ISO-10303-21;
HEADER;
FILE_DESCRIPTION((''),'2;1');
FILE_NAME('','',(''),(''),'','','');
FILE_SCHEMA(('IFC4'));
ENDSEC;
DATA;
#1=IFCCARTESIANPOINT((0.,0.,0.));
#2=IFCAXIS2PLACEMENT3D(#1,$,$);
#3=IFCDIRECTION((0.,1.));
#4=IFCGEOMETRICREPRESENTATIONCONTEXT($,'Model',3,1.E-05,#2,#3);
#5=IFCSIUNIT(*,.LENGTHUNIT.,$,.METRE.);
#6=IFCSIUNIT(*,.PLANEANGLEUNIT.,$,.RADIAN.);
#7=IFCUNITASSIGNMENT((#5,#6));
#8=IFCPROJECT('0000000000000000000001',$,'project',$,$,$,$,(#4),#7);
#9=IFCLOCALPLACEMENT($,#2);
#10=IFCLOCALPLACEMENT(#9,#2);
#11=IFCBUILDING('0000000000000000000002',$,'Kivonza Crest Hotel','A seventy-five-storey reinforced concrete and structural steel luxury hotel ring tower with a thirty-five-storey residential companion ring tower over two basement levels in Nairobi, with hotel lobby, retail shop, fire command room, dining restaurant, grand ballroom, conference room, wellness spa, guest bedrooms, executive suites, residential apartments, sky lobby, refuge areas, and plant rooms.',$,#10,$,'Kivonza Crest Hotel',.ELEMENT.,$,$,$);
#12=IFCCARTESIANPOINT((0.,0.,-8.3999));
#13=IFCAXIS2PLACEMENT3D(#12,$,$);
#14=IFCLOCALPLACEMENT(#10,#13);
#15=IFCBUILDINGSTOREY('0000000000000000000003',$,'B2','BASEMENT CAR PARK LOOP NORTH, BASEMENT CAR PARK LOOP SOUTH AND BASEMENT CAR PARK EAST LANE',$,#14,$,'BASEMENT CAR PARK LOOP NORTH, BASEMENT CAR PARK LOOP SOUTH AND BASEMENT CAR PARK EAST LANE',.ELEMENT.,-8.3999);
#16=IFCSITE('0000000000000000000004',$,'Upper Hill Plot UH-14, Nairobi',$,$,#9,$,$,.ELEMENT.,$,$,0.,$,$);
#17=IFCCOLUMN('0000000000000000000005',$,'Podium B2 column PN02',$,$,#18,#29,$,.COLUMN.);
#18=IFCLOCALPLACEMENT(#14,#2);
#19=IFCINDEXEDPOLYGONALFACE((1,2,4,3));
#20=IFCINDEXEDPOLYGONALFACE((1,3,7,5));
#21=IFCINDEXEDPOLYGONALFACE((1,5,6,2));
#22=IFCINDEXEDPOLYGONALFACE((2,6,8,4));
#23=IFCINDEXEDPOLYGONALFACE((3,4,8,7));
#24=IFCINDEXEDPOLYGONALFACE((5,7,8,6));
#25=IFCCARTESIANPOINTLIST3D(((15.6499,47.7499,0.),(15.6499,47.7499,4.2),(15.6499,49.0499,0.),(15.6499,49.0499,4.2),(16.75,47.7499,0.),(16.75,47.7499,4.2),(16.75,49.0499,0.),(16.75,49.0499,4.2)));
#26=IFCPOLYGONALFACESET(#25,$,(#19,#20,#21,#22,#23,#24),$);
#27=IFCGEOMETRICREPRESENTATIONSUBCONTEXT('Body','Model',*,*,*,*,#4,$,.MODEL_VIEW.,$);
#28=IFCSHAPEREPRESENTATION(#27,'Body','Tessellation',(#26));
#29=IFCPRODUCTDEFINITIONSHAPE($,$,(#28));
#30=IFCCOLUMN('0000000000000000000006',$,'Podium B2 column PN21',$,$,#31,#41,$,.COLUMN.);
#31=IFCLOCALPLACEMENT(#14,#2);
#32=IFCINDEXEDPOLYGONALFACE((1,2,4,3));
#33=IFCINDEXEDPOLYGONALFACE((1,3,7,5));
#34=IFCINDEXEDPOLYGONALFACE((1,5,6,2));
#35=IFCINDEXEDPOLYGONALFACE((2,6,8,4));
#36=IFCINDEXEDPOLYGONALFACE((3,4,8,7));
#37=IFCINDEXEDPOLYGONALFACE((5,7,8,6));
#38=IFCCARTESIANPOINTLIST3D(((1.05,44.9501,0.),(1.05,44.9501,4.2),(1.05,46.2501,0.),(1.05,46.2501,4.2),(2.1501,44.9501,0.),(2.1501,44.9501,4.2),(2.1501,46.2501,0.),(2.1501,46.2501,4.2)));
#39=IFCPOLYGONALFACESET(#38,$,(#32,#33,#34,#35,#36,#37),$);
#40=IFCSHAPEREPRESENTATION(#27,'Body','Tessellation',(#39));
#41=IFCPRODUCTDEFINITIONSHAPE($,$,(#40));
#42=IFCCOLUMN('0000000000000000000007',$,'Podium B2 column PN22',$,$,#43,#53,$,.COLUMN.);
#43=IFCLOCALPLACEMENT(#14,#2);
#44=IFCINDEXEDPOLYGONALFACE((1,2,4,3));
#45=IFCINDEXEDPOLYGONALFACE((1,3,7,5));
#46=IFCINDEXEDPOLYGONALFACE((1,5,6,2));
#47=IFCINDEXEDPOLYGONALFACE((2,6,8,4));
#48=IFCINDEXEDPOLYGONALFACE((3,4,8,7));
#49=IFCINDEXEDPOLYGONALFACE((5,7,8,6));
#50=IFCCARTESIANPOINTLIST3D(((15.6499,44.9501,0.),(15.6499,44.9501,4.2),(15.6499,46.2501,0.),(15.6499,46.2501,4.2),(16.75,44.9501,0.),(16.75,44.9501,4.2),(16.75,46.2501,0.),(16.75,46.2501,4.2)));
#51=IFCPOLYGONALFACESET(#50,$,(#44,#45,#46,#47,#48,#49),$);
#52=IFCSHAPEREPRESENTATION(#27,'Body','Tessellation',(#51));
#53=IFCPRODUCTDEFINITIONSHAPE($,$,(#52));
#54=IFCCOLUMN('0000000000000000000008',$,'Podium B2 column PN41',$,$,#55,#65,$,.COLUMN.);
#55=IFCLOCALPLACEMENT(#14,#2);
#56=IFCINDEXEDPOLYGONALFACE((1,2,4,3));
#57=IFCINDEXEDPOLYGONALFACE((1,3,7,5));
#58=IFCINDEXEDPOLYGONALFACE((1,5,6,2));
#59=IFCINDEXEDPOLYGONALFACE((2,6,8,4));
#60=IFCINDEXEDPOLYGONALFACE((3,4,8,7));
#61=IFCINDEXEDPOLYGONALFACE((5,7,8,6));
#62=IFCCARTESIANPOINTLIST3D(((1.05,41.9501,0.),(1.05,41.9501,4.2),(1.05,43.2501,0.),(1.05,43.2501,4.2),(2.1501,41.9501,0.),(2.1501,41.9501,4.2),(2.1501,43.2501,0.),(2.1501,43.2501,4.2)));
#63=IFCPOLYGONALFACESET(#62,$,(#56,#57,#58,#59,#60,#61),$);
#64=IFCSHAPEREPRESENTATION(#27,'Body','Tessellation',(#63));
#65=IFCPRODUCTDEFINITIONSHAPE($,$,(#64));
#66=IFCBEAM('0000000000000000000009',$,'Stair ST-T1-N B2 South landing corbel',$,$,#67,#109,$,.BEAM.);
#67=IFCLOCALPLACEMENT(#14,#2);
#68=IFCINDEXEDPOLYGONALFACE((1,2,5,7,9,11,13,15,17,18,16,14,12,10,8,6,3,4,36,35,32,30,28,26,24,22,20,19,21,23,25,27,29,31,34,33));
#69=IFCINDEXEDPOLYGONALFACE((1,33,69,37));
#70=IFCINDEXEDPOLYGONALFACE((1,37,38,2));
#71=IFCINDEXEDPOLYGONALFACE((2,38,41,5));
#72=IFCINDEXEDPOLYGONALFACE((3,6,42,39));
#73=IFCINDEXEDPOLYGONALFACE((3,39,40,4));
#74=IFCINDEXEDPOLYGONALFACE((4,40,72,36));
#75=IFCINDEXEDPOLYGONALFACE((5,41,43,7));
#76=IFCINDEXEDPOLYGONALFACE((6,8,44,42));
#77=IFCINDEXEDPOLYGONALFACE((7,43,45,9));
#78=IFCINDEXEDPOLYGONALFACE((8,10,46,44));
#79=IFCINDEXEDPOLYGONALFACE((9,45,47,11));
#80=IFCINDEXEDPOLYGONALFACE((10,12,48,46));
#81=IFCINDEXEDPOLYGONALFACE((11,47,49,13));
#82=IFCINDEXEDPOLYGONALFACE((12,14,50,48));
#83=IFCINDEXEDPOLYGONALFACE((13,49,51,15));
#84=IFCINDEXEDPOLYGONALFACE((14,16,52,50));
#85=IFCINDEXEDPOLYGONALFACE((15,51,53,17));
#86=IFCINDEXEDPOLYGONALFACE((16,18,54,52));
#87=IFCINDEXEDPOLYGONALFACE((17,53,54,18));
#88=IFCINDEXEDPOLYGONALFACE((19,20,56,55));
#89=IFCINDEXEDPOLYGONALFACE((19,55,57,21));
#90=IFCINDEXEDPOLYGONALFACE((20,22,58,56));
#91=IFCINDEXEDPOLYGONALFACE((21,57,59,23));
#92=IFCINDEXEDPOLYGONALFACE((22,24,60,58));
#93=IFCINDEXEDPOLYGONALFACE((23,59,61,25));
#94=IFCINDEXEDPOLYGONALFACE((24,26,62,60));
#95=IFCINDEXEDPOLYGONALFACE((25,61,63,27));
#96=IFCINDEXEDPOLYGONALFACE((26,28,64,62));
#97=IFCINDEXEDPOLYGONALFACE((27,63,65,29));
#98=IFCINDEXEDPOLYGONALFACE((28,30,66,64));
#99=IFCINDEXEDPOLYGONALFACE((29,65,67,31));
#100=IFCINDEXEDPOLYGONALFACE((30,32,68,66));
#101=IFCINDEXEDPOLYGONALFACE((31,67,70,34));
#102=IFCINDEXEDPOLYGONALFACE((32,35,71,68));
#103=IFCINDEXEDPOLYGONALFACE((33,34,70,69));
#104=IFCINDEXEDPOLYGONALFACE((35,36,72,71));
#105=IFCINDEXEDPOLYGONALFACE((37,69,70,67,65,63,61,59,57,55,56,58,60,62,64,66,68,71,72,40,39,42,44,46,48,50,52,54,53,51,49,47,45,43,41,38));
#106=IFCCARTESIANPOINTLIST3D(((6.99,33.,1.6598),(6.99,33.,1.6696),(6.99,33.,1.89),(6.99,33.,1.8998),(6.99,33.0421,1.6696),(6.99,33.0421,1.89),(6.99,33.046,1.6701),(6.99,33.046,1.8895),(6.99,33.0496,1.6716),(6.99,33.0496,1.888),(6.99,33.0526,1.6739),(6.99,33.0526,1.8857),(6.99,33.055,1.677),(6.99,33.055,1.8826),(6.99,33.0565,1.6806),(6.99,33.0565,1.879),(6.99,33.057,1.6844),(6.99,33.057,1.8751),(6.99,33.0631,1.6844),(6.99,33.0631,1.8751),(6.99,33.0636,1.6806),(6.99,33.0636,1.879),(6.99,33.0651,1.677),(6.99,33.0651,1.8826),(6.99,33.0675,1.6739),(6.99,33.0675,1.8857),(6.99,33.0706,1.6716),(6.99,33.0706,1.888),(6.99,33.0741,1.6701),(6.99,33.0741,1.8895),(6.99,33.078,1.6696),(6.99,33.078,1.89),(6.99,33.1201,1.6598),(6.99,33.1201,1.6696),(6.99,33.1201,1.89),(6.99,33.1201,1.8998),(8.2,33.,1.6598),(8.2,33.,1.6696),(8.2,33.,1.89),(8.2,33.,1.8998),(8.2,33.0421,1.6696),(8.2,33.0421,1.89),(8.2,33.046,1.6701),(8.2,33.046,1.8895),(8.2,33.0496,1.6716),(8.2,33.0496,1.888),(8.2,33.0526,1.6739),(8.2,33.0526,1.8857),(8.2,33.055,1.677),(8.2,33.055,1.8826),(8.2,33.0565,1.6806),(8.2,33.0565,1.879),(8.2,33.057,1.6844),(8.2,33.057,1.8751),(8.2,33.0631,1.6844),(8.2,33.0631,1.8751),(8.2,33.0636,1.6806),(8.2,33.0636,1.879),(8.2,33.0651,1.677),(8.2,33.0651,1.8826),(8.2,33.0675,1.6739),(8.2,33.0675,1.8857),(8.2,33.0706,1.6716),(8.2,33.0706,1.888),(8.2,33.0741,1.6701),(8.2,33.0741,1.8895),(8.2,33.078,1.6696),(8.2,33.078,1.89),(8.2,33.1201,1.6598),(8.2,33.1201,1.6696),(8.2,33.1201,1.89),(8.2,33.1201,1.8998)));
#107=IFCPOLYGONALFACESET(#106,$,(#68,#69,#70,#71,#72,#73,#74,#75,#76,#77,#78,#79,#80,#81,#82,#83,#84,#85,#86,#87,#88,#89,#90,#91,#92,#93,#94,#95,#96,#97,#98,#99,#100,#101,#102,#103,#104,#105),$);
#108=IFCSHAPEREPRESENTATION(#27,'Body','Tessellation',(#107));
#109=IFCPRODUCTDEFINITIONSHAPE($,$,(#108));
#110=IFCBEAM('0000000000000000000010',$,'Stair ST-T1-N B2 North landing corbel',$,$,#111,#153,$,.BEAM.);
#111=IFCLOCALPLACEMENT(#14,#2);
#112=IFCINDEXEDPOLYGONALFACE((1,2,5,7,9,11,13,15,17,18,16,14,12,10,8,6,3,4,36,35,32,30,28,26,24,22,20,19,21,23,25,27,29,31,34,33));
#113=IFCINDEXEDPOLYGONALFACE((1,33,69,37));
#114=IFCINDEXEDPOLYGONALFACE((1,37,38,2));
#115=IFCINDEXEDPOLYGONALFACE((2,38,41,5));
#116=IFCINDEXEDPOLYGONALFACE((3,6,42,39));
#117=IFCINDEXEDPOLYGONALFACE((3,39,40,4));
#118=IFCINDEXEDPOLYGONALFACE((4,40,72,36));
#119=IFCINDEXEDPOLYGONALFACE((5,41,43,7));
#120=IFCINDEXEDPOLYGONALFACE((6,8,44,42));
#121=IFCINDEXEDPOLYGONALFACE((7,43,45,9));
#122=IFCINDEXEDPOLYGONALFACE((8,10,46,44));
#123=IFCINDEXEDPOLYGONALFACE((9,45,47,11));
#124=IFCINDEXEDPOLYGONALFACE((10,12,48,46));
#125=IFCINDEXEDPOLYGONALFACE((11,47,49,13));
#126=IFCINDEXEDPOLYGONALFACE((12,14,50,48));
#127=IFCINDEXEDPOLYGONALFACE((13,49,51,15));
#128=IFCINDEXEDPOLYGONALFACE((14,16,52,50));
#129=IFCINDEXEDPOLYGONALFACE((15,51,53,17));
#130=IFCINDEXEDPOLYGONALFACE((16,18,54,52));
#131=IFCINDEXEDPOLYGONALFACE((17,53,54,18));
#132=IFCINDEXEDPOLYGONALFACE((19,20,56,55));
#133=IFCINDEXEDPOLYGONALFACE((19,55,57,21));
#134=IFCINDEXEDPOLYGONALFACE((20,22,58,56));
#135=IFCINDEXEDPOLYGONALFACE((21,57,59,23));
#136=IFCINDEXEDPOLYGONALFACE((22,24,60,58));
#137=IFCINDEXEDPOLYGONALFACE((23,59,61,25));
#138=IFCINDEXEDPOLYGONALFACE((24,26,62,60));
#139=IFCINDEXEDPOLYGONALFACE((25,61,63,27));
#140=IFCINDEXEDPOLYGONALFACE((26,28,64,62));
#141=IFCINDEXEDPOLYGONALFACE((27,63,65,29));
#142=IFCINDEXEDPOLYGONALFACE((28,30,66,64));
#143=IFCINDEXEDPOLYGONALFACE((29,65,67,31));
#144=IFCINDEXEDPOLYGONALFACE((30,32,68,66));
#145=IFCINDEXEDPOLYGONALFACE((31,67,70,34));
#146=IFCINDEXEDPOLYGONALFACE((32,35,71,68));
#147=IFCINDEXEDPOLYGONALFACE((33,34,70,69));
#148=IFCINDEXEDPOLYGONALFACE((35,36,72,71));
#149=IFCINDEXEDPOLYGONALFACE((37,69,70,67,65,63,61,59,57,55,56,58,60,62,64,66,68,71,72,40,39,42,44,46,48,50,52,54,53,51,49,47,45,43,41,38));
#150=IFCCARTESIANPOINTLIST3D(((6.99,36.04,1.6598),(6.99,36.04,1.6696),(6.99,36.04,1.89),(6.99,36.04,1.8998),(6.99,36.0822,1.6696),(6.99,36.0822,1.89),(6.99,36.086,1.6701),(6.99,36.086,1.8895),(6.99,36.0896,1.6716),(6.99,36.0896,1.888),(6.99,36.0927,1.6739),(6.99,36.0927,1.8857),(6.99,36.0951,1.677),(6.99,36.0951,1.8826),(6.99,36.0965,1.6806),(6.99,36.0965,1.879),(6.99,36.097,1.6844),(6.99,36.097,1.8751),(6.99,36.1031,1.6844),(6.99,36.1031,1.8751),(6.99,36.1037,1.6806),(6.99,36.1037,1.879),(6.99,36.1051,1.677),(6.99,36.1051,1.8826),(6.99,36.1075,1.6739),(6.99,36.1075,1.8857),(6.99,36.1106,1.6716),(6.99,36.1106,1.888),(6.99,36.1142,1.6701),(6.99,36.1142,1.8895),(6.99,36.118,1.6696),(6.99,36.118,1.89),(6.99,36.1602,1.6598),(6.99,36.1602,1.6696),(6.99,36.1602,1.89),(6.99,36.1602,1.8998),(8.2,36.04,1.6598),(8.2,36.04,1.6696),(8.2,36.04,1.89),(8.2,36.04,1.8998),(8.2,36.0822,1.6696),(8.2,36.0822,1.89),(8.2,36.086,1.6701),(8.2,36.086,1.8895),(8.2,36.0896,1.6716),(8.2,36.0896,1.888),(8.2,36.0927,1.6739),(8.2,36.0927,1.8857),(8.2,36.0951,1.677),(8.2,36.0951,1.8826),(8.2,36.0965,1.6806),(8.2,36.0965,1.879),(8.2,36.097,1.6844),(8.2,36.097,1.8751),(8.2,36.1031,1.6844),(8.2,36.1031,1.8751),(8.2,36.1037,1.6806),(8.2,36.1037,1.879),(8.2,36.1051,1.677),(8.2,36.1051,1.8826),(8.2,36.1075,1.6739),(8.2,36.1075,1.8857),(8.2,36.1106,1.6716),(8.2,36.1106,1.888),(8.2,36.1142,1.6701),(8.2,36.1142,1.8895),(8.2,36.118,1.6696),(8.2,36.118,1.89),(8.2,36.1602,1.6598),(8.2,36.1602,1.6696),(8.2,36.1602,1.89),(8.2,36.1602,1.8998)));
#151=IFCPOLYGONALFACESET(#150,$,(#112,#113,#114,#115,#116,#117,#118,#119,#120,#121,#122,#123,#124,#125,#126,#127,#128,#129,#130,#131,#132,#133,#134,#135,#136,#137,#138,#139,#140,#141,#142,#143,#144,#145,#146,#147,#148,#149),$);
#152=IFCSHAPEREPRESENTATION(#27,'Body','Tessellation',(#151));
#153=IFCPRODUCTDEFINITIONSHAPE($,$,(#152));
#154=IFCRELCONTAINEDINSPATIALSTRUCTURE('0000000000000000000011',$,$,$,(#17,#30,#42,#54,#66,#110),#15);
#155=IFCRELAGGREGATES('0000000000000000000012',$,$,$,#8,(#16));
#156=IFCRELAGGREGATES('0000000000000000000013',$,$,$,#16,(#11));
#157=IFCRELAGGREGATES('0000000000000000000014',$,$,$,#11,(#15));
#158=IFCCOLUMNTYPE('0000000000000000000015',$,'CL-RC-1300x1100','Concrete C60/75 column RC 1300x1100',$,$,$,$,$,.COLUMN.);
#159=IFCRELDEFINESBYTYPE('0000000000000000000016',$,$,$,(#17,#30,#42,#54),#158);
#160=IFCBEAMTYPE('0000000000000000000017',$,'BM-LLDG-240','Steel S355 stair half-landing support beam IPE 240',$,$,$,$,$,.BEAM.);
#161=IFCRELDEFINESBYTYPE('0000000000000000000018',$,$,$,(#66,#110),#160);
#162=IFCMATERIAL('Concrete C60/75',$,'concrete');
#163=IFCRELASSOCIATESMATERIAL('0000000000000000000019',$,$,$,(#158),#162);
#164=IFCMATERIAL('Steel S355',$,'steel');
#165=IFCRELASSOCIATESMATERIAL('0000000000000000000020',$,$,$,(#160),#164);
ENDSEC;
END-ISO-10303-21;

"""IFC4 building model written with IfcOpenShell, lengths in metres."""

from ifc_helpers import new_model, si_unit, direction, frame, origin, origin_2d, place, context, subcontext, project, spatial, rectangle, i_section, extrude, material, material_profile, profile_set, type_object, element, save


model = new_model("IFC4")

# Units and contexts
model_context = context("Model", 3, precision=1e-05, world=origin(), true_north=direction((0.0, 1.0)))
body_context = subcontext(model_context, "Body", "Model", "MODEL_VIEW")
ifc_project = project(units=[si_unit("LENGTHUNIT", "METRE"), si_unit("PLANEANGLEUNIT", "RADIAN")], contexts=[model_context])

# Site, building, storey
site_placement = place(None, origin())
site = spatial("IfcSite", under=ifc_project, at=site_placement, Name="Upper Hill Plot UH-14, Nairobi", CompositionType="ELEMENT", RefElevation=0.0)
building_placement = place(site_placement, origin())
building = spatial("IfcBuilding", under=site, at=building_placement, Name="Kivonza Crest Hotel", Description="A seventy-five-storey reinforced concrete and structural steel luxury hotel ring tower with a thirty-five-storey residential companion ring tower over two basement levels in Nairobi, with hotel lobby, retail shop, fire command room, dining restaurant, grand ballroom, conference room, wellness spa, guest bedrooms, executive suites, residential apartments, sky lobby, refuge areas, and plant rooms.", LongName="Kivonza Crest Hotel", CompositionType="ELEMENT")
storey_placement = place(building_placement, frame((0.0, 0.0, -8.3999)))
storey = spatial("IfcBuildingStorey", under=building, at=storey_placement, Name="B2", Description="BASEMENT CAR PARK LOOP NORTH, BASEMENT CAR PARK LOOP SOUTH AND BASEMENT CAR PARK EAST LANE", LongName="BASEMENT CAR PARK LOOP NORTH, BASEMENT CAR PARK LOOP SOUTH AND BASEMENT CAR PARK EAST LANE", CompositionType="ELEMENT", Elevation=-8.3999)

# Columns
ifc_material_1 = material(Name="Concrete C60/75", Category="concrete")
ifc_material_profile_1 = material_profile(ifc_material_1, rectangle(XDim=1.1001, YDim=1.3, at=origin_2d()), Name="RC 1300x1100")
ifc_profile_set_1 = profile_set([ifc_material_profile_1], Name="Concrete C60/75")
column_type_1 = type_object("IfcColumnType", Name="CL-RC-1300x1100", Description="Concrete C60/75 column RC 1300x1100", PredefinedType="COLUMN", material=ifc_profile_set_1)
for number, where, z_axis, x_axis, name in (
    (1, (16.2, 48.3999, 0.0), (0.0, 0.0, 1.0), (1.0, 0.0, 0.0), "Podium B2 column PN02"),
    (2, (1.6001, 45.6001, 0.0), (0.0, 0.0, 1.0), (1.0, 0.0, 0.0), "Podium B2 column PN21"),
    (3, (16.2, 45.6001, 0.0), (0.0, 0.0, 1.0), (1.0, 0.0, 0.0), "Podium B2 column PN22"),
    (4, (1.6001, 42.6001, 0.0), (0.0, 0.0, 1.0), (1.0, 0.0, 0.0), "Podium B2 column PN41"),
):
    element("IfcColumn", number, at=place(storey_placement, frame(where, z_axis=z_axis, x_axis=x_axis)), inside=storey, type_object=column_type_1, Name=name, PredefinedType="COLUMN", context=body_context, shape_type="SweptSolid", body=[
        extrude(rectangle(XDim=1.1001, YDim=1.3, at=origin_2d()), origin(), (0.0, 0.0, 1.0), 4.2),
    ])

# Beams
ifc_material_2 = material(Name="Steel S355", Category="steel")
ifc_material_profile_2 = material_profile(ifc_material_2, i_section(OverallWidth=0.1201, OverallDepth=0.24, WebThickness=0.0061, FlangeThickness=0.0098, FilletRadius=0.0149, at=origin_2d()), Name="IPE 240")
ifc_profile_set_2 = profile_set([ifc_material_profile_2], Name="Steel S355")
beam_type = type_object("IfcBeamType", Name="BM-LLDG-240", Description="Steel S355 stair half-landing support beam IPE 240", PredefinedType="BEAM", material=ifc_profile_set_2)
for number, where, z_axis, x_axis, name in (
    (5, (6.99, 33.0601, 1.7798), (1.0, 0.0, 0.0), (0.0, 1.0, 0.0), "Stair ST-T1-N B2 South landing corbel"),
    (6, (6.99, 36.1001, 1.7798), (1.0, 0.0, 0.0), (0.0, 1.0, 0.0), "Stair ST-T1-N B2 North landing corbel"),
):
    element("IfcBeam", number, at=place(storey_placement, frame(where, z_axis=z_axis, x_axis=x_axis)), inside=storey, type_object=beam_type, Name=name, PredefinedType="BEAM", context=body_context, shape_type="SweptSolid", body=[
        extrude(i_section(OverallWidth=0.1201, OverallDepth=0.24, WebThickness=0.0061, FlangeThickness=0.0098, FilletRadius=0.0149, at=origin_2d()), origin(), (0.0, 0.0, 1.0), 1.21),
    ])

save(model, "model.ifc")
